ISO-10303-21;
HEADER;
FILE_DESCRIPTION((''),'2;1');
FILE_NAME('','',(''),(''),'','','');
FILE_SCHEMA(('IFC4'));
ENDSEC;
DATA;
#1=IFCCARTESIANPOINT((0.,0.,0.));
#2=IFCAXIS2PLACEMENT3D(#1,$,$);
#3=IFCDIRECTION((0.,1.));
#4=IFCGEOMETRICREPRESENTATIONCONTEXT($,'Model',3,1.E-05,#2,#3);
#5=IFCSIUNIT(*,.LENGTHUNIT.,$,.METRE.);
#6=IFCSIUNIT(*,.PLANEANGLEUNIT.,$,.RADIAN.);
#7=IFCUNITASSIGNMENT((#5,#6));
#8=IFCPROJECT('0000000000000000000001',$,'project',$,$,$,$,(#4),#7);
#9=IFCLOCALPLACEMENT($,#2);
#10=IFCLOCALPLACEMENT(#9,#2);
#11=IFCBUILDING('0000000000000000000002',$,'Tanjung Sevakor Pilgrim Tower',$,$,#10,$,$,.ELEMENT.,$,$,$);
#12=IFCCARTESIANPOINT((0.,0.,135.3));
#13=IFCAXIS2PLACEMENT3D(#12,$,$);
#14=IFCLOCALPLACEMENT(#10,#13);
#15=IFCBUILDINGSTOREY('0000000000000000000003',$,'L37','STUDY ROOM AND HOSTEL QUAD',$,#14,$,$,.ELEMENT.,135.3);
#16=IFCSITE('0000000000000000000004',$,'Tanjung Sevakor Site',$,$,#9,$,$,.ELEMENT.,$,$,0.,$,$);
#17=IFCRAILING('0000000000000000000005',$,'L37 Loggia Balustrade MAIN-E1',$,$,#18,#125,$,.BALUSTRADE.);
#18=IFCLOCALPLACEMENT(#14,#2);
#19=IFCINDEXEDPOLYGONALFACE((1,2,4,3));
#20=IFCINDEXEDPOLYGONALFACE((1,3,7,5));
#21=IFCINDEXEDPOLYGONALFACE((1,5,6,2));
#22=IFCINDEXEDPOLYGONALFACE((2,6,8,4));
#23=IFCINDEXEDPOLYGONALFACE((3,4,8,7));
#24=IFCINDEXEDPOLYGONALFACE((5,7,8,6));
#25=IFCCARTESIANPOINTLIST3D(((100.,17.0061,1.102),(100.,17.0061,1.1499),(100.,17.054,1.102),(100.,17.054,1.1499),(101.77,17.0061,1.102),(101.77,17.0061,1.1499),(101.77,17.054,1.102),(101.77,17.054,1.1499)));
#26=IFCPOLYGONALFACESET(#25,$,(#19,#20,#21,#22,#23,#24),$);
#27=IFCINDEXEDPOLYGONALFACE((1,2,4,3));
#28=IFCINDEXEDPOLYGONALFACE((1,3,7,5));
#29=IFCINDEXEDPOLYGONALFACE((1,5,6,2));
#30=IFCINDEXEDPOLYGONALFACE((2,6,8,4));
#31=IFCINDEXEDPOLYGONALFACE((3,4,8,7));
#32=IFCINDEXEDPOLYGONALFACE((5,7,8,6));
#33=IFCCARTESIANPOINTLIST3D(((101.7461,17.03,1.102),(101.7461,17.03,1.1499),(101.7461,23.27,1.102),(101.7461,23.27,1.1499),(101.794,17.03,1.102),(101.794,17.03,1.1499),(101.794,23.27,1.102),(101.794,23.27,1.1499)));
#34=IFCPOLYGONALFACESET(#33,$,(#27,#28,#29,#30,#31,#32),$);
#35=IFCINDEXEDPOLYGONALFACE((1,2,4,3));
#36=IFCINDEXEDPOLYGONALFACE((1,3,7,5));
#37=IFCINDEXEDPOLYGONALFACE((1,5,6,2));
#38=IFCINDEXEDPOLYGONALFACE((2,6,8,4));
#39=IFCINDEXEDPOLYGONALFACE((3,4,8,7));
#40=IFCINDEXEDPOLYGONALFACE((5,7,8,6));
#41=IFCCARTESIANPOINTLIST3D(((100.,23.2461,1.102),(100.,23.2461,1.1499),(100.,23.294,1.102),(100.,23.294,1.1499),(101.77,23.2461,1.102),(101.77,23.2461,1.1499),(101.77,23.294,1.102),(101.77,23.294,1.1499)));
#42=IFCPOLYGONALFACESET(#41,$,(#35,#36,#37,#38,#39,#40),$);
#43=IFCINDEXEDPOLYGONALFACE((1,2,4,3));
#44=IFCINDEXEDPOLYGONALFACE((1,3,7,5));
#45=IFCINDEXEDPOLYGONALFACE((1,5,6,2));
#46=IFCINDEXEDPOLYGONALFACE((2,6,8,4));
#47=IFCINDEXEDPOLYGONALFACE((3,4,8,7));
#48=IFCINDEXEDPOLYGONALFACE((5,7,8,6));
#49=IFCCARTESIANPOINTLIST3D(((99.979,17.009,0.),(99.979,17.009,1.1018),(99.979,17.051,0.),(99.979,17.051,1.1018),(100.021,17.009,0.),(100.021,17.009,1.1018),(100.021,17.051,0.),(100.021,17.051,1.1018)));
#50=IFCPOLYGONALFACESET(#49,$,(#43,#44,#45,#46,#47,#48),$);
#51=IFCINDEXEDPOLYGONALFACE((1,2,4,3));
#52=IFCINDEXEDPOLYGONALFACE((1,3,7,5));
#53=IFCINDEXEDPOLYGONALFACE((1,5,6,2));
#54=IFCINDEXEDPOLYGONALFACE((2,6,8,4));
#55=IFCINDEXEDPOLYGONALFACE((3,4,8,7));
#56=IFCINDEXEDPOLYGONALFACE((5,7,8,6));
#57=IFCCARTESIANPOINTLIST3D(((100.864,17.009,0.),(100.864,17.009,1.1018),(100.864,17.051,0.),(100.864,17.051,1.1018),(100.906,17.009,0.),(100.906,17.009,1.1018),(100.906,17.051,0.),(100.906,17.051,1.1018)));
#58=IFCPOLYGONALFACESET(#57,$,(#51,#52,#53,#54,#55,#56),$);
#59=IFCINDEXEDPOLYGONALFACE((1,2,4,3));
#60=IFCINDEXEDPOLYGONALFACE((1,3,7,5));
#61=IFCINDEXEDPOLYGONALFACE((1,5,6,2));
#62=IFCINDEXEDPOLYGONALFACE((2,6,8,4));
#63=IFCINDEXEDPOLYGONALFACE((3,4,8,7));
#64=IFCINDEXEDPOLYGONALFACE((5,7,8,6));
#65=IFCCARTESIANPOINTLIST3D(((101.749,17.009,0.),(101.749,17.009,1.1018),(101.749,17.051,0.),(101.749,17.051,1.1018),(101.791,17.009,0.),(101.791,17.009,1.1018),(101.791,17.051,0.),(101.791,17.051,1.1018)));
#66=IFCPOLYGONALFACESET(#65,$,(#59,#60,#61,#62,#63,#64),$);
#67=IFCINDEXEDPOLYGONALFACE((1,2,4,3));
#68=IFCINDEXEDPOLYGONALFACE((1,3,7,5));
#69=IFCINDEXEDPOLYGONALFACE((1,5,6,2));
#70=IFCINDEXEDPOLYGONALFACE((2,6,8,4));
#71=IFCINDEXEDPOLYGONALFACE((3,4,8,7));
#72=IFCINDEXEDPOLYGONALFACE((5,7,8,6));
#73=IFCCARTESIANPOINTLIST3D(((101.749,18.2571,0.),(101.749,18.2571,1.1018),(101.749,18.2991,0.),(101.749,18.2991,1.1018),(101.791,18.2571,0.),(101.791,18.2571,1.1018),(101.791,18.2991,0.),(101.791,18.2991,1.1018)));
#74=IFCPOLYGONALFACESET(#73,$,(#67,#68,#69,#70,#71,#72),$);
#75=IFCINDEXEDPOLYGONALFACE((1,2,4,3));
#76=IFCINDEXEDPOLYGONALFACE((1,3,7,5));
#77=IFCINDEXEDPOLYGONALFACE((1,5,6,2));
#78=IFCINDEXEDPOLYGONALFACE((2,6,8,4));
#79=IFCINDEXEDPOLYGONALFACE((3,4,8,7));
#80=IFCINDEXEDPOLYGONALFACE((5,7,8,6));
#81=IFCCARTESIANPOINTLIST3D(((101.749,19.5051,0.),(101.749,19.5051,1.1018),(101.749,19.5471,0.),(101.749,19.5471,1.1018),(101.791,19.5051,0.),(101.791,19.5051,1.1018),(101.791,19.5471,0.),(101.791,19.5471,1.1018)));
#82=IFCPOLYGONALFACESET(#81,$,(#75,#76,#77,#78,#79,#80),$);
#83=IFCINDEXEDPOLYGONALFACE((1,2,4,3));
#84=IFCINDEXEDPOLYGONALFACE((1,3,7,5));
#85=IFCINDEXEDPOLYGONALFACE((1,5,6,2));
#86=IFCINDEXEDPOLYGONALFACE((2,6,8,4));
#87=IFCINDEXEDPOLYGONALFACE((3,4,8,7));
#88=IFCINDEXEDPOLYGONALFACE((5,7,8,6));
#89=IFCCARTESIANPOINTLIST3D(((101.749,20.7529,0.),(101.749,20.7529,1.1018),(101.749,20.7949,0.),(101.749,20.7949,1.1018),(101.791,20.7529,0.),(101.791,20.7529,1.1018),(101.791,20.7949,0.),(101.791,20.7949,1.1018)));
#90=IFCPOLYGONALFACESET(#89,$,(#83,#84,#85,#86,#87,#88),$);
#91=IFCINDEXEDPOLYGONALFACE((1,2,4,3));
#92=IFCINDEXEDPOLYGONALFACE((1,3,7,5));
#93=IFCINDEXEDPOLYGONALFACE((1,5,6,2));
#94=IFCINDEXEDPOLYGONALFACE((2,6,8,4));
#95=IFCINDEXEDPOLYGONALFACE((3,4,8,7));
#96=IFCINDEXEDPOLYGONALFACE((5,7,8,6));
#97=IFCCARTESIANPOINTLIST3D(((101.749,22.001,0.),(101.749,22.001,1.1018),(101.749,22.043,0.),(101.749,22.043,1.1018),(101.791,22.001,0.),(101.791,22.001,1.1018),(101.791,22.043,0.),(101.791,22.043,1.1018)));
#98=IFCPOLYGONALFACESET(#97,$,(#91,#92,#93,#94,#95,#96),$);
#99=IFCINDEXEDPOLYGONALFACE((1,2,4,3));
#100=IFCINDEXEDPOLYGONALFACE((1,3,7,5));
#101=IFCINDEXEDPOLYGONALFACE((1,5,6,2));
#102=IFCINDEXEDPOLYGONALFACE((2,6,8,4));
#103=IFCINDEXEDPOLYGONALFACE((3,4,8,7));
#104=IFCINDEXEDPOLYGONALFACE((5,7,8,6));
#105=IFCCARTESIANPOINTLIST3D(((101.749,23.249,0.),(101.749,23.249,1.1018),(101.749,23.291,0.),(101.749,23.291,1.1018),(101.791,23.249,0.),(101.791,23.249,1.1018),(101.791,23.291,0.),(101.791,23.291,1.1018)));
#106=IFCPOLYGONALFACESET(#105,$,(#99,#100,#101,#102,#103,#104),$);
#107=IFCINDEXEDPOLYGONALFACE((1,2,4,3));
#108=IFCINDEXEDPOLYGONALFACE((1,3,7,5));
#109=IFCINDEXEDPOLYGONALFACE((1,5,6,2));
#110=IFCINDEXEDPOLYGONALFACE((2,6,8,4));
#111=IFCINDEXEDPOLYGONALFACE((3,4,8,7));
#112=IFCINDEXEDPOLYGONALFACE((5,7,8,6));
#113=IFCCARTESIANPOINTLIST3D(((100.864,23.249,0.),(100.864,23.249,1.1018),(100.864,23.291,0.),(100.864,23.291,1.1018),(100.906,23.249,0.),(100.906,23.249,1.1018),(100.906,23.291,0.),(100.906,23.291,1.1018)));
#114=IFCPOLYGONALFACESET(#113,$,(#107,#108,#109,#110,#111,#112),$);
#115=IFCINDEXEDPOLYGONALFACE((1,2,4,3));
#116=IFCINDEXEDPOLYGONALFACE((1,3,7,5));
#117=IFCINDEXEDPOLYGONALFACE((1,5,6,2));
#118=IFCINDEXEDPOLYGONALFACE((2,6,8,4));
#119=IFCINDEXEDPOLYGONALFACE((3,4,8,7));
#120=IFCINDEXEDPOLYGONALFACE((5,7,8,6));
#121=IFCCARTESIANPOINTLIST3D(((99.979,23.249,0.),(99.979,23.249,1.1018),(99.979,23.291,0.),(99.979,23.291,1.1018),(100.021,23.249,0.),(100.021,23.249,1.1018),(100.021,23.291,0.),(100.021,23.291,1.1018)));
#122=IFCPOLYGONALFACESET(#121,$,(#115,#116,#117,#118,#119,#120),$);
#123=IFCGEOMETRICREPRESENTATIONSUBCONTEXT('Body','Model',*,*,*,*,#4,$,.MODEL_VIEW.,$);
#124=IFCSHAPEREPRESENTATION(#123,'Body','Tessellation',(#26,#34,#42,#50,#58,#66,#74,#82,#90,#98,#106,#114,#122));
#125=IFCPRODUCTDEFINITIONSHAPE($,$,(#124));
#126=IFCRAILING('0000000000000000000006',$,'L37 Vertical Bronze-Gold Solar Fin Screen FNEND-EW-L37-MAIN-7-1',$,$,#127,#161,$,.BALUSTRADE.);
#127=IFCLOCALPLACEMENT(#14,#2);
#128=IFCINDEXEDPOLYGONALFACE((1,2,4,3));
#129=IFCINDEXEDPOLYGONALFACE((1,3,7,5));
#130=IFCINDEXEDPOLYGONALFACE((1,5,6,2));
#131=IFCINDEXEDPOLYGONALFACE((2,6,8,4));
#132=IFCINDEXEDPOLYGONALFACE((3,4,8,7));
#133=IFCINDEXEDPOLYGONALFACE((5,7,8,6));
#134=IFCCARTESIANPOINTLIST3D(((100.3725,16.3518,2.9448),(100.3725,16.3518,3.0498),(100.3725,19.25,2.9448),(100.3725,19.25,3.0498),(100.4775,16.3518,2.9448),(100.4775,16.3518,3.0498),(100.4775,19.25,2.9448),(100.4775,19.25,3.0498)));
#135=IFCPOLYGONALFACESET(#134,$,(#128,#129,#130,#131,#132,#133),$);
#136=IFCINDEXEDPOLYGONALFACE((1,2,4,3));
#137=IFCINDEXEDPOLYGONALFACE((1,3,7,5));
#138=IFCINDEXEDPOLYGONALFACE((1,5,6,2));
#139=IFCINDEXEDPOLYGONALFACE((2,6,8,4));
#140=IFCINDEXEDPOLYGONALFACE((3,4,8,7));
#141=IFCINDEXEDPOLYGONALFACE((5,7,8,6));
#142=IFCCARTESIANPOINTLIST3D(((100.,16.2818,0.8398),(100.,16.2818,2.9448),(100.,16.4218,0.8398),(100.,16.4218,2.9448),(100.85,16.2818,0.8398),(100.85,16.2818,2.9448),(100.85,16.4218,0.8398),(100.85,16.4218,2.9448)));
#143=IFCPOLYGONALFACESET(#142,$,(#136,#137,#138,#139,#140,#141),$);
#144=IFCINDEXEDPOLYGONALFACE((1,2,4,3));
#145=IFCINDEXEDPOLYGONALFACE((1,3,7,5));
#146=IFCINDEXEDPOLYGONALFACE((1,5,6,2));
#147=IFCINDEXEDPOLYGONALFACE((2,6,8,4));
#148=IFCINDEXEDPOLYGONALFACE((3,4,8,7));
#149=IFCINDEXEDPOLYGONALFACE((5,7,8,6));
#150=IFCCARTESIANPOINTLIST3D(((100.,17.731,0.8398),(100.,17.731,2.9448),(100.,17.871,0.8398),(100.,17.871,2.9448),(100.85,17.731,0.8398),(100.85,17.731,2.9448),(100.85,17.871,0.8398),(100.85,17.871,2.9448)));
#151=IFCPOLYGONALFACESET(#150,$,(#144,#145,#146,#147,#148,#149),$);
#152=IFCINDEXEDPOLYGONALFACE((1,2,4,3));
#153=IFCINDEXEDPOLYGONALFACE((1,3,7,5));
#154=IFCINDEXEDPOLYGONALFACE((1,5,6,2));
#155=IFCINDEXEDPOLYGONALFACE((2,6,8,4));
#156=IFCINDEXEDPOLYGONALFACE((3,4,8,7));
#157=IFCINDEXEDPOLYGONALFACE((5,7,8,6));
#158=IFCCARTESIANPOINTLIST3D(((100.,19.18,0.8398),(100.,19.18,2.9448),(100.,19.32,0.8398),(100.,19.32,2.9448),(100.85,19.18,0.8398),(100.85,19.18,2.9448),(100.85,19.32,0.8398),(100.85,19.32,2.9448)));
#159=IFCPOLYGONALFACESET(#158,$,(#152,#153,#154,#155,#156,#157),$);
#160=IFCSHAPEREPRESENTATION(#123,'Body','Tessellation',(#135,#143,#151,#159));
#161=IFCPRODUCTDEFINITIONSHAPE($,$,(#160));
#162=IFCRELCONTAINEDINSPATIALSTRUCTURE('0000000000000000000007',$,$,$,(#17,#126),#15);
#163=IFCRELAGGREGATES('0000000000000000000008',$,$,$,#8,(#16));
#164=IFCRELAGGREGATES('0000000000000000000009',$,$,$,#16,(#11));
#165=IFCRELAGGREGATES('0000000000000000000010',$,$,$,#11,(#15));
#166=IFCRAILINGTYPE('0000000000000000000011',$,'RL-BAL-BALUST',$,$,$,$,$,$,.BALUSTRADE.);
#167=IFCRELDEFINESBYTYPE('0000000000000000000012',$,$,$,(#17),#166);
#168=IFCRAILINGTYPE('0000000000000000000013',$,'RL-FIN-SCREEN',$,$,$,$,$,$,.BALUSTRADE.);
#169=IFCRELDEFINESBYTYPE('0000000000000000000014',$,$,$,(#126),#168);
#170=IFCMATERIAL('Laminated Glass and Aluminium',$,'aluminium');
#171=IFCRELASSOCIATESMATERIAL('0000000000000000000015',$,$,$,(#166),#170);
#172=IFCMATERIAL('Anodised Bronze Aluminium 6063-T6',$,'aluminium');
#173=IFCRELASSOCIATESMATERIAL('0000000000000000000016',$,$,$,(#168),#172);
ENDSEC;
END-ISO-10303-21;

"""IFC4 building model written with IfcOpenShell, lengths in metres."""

from ifc_helpers import new_model, si_unit, direction, frame, origin, place, context, subcontext, project, spatial, rectangle, extrude, material, type_object, element, save


model = new_model("IFC4")

# Units and contexts
model_context = context("Model", 3, precision=1e-05, world=origin(), true_north=direction((0.0, 1.0)))
body_context = subcontext(model_context, "Body", "Model", "MODEL_VIEW")
ifc_project = project(units=[si_unit("LENGTHUNIT", "METRE"), si_unit("PLANEANGLEUNIT", "RADIAN")], contexts=[model_context])

# Site, building, storey
site_placement = place(None, origin())
site = spatial("IfcSite", under=ifc_project, at=site_placement, Name="Tanjung Sevakor Site", CompositionType="ELEMENT", RefElevation=0.0)
building_placement = place(site_placement, origin())
building = spatial("IfcBuilding", under=site, at=building_placement, Name="Tanjung Sevakor Pilgrim Tower", CompositionType="ELEMENT")
storey_placement = place(building_placement, frame((0.0, 0.0, 135.3)))
storey = spatial("IfcBuildingStorey", under=building, at=storey_placement, Name="L37", Description="STUDY ROOM AND HOSTEL QUAD", CompositionType="ELEMENT", Elevation=135.3)

# Railings
ifc_material_1 = material(Name="Laminated Glass and Aluminium", Category="aluminium")
railing_type_1 = type_object("IfcRailingType", Name="RL-BAL-BALUST", PredefinedType="BALUSTRADE", material=ifc_material_1)
railing_1_placement = place(storey_placement, frame((100.0, 17.03, 0.0)))
element("IfcRailing", 1, at=railing_1_placement, inside=storey, type_object=railing_type_1, Name="L37 Loggia Balustrade MAIN-E1", PredefinedType="BALUSTRADE", context=body_context, shape_type="SweptSolid", body=[
    extrude(rectangle(XDim=0.0479, YDim=0.0479), frame((0.0, 0.0, 1.126), z_axis=(1.0, 0.0, 0.0), x_axis=(0.0, 1.0, 0.0)), (0.0, 0.0, 1.0), 1.77),
    extrude(rectangle(XDim=0.0479, YDim=0.0479), frame((1.77, 0.0, 1.126), z_axis=(0.0, 1.0, 0.0), x_axis=(-1.0, 0.0, 0.0)), (0.0, 0.0, 1.0), 6.24),
    extrude(rectangle(XDim=0.0479, YDim=0.0479), frame((1.77, 6.24, 1.126), z_axis=(-1.0, 0.0, 0.0), x_axis=(0.0, -1.0, 0.0)), (0.0, 0.0, 1.0), 1.77),
    extrude(rectangle(XDim=0.042, YDim=0.042), origin(), (0.0, 0.0, 1.0), 1.1018),
    extrude(rectangle(XDim=0.042, YDim=0.042), frame((0.885, 0.0, 0.0)), (0.0, 0.0, 1.0), 1.1018),
    extrude(rectangle(XDim=0.042, YDim=0.042), frame((1.77, 0.0, 0.0)), (0.0, 0.0, 1.0), 1.1018),
    extrude(rectangle(XDim=0.042, YDim=0.042), frame((1.77, 1.248, 0.0)), (0.0, 0.0, 1.0), 1.1018),
    extrude(rectangle(XDim=0.042, YDim=0.042), frame((1.77, 2.4961, 0.0)), (0.0, 0.0, 1.0), 1.1018),
    extrude(rectangle(XDim=0.042, YDim=0.042), frame((1.77, 3.7439, 0.0)), (0.0, 0.0, 1.0), 1.1018),
    extrude(rectangle(XDim=0.042, YDim=0.042), frame((1.77, 4.9919, 0.0)), (0.0, 0.0, 1.0), 1.1018),
    extrude(rectangle(XDim=0.042, YDim=0.042), frame((1.77, 6.24, 0.0)), (0.0, 0.0, 1.0), 1.1018),
    extrude(rectangle(XDim=0.042, YDim=0.042), frame((0.885, 6.24, 0.0)), (0.0, 0.0, 1.0), 1.1018),
    extrude(rectangle(XDim=0.042, YDim=0.042), frame((0.0, 6.24, 0.0)), (0.0, 0.0, 1.0), 1.1018),
])
ifc_material_2 = material(Name="Anodised Bronze Aluminium 6063-T6", Category="aluminium")
railing_type_2 = type_object("IfcRailingType", Name="RL-FIN-SCREEN", PredefinedType="BALUSTRADE", material=ifc_material_2)
railing_2_placement = place(storey_placement, frame((100.425, 16.3518, 0.8398)))
element("IfcRailing", 2, at=railing_2_placement, inside=storey, type_object=railing_type_2, Name="L37 Vertical Bronze-Gold Solar Fin Screen FNEND-EW-L37-MAIN-7-1", PredefinedType="BALUSTRADE", context=body_context, shape_type="SweptSolid", body=[
    extrude(rectangle(XDim=0.105, YDim=0.105), frame((0.0, 0.0, 2.1575), z_axis=(0.0, 1.0, 0.0), x_axis=(-1.0, 0.0, 0.0)), (0.0, 0.0, 1.0), 2.8982),
    extrude(rectangle(XDim=0.85, YDim=0.14), origin(), (0.0, 0.0, 1.0), 2.105),
    extrude(rectangle(XDim=0.85, YDim=0.14), frame((0.0, 1.4492, 0.0)), (0.0, 0.0, 1.0), 2.105),
    extrude(rectangle(XDim=0.85, YDim=0.14), frame((0.0, 2.8982, 0.0)), (0.0, 0.0, 1.0), 2.105),
])

save(model, "model.ifc")
